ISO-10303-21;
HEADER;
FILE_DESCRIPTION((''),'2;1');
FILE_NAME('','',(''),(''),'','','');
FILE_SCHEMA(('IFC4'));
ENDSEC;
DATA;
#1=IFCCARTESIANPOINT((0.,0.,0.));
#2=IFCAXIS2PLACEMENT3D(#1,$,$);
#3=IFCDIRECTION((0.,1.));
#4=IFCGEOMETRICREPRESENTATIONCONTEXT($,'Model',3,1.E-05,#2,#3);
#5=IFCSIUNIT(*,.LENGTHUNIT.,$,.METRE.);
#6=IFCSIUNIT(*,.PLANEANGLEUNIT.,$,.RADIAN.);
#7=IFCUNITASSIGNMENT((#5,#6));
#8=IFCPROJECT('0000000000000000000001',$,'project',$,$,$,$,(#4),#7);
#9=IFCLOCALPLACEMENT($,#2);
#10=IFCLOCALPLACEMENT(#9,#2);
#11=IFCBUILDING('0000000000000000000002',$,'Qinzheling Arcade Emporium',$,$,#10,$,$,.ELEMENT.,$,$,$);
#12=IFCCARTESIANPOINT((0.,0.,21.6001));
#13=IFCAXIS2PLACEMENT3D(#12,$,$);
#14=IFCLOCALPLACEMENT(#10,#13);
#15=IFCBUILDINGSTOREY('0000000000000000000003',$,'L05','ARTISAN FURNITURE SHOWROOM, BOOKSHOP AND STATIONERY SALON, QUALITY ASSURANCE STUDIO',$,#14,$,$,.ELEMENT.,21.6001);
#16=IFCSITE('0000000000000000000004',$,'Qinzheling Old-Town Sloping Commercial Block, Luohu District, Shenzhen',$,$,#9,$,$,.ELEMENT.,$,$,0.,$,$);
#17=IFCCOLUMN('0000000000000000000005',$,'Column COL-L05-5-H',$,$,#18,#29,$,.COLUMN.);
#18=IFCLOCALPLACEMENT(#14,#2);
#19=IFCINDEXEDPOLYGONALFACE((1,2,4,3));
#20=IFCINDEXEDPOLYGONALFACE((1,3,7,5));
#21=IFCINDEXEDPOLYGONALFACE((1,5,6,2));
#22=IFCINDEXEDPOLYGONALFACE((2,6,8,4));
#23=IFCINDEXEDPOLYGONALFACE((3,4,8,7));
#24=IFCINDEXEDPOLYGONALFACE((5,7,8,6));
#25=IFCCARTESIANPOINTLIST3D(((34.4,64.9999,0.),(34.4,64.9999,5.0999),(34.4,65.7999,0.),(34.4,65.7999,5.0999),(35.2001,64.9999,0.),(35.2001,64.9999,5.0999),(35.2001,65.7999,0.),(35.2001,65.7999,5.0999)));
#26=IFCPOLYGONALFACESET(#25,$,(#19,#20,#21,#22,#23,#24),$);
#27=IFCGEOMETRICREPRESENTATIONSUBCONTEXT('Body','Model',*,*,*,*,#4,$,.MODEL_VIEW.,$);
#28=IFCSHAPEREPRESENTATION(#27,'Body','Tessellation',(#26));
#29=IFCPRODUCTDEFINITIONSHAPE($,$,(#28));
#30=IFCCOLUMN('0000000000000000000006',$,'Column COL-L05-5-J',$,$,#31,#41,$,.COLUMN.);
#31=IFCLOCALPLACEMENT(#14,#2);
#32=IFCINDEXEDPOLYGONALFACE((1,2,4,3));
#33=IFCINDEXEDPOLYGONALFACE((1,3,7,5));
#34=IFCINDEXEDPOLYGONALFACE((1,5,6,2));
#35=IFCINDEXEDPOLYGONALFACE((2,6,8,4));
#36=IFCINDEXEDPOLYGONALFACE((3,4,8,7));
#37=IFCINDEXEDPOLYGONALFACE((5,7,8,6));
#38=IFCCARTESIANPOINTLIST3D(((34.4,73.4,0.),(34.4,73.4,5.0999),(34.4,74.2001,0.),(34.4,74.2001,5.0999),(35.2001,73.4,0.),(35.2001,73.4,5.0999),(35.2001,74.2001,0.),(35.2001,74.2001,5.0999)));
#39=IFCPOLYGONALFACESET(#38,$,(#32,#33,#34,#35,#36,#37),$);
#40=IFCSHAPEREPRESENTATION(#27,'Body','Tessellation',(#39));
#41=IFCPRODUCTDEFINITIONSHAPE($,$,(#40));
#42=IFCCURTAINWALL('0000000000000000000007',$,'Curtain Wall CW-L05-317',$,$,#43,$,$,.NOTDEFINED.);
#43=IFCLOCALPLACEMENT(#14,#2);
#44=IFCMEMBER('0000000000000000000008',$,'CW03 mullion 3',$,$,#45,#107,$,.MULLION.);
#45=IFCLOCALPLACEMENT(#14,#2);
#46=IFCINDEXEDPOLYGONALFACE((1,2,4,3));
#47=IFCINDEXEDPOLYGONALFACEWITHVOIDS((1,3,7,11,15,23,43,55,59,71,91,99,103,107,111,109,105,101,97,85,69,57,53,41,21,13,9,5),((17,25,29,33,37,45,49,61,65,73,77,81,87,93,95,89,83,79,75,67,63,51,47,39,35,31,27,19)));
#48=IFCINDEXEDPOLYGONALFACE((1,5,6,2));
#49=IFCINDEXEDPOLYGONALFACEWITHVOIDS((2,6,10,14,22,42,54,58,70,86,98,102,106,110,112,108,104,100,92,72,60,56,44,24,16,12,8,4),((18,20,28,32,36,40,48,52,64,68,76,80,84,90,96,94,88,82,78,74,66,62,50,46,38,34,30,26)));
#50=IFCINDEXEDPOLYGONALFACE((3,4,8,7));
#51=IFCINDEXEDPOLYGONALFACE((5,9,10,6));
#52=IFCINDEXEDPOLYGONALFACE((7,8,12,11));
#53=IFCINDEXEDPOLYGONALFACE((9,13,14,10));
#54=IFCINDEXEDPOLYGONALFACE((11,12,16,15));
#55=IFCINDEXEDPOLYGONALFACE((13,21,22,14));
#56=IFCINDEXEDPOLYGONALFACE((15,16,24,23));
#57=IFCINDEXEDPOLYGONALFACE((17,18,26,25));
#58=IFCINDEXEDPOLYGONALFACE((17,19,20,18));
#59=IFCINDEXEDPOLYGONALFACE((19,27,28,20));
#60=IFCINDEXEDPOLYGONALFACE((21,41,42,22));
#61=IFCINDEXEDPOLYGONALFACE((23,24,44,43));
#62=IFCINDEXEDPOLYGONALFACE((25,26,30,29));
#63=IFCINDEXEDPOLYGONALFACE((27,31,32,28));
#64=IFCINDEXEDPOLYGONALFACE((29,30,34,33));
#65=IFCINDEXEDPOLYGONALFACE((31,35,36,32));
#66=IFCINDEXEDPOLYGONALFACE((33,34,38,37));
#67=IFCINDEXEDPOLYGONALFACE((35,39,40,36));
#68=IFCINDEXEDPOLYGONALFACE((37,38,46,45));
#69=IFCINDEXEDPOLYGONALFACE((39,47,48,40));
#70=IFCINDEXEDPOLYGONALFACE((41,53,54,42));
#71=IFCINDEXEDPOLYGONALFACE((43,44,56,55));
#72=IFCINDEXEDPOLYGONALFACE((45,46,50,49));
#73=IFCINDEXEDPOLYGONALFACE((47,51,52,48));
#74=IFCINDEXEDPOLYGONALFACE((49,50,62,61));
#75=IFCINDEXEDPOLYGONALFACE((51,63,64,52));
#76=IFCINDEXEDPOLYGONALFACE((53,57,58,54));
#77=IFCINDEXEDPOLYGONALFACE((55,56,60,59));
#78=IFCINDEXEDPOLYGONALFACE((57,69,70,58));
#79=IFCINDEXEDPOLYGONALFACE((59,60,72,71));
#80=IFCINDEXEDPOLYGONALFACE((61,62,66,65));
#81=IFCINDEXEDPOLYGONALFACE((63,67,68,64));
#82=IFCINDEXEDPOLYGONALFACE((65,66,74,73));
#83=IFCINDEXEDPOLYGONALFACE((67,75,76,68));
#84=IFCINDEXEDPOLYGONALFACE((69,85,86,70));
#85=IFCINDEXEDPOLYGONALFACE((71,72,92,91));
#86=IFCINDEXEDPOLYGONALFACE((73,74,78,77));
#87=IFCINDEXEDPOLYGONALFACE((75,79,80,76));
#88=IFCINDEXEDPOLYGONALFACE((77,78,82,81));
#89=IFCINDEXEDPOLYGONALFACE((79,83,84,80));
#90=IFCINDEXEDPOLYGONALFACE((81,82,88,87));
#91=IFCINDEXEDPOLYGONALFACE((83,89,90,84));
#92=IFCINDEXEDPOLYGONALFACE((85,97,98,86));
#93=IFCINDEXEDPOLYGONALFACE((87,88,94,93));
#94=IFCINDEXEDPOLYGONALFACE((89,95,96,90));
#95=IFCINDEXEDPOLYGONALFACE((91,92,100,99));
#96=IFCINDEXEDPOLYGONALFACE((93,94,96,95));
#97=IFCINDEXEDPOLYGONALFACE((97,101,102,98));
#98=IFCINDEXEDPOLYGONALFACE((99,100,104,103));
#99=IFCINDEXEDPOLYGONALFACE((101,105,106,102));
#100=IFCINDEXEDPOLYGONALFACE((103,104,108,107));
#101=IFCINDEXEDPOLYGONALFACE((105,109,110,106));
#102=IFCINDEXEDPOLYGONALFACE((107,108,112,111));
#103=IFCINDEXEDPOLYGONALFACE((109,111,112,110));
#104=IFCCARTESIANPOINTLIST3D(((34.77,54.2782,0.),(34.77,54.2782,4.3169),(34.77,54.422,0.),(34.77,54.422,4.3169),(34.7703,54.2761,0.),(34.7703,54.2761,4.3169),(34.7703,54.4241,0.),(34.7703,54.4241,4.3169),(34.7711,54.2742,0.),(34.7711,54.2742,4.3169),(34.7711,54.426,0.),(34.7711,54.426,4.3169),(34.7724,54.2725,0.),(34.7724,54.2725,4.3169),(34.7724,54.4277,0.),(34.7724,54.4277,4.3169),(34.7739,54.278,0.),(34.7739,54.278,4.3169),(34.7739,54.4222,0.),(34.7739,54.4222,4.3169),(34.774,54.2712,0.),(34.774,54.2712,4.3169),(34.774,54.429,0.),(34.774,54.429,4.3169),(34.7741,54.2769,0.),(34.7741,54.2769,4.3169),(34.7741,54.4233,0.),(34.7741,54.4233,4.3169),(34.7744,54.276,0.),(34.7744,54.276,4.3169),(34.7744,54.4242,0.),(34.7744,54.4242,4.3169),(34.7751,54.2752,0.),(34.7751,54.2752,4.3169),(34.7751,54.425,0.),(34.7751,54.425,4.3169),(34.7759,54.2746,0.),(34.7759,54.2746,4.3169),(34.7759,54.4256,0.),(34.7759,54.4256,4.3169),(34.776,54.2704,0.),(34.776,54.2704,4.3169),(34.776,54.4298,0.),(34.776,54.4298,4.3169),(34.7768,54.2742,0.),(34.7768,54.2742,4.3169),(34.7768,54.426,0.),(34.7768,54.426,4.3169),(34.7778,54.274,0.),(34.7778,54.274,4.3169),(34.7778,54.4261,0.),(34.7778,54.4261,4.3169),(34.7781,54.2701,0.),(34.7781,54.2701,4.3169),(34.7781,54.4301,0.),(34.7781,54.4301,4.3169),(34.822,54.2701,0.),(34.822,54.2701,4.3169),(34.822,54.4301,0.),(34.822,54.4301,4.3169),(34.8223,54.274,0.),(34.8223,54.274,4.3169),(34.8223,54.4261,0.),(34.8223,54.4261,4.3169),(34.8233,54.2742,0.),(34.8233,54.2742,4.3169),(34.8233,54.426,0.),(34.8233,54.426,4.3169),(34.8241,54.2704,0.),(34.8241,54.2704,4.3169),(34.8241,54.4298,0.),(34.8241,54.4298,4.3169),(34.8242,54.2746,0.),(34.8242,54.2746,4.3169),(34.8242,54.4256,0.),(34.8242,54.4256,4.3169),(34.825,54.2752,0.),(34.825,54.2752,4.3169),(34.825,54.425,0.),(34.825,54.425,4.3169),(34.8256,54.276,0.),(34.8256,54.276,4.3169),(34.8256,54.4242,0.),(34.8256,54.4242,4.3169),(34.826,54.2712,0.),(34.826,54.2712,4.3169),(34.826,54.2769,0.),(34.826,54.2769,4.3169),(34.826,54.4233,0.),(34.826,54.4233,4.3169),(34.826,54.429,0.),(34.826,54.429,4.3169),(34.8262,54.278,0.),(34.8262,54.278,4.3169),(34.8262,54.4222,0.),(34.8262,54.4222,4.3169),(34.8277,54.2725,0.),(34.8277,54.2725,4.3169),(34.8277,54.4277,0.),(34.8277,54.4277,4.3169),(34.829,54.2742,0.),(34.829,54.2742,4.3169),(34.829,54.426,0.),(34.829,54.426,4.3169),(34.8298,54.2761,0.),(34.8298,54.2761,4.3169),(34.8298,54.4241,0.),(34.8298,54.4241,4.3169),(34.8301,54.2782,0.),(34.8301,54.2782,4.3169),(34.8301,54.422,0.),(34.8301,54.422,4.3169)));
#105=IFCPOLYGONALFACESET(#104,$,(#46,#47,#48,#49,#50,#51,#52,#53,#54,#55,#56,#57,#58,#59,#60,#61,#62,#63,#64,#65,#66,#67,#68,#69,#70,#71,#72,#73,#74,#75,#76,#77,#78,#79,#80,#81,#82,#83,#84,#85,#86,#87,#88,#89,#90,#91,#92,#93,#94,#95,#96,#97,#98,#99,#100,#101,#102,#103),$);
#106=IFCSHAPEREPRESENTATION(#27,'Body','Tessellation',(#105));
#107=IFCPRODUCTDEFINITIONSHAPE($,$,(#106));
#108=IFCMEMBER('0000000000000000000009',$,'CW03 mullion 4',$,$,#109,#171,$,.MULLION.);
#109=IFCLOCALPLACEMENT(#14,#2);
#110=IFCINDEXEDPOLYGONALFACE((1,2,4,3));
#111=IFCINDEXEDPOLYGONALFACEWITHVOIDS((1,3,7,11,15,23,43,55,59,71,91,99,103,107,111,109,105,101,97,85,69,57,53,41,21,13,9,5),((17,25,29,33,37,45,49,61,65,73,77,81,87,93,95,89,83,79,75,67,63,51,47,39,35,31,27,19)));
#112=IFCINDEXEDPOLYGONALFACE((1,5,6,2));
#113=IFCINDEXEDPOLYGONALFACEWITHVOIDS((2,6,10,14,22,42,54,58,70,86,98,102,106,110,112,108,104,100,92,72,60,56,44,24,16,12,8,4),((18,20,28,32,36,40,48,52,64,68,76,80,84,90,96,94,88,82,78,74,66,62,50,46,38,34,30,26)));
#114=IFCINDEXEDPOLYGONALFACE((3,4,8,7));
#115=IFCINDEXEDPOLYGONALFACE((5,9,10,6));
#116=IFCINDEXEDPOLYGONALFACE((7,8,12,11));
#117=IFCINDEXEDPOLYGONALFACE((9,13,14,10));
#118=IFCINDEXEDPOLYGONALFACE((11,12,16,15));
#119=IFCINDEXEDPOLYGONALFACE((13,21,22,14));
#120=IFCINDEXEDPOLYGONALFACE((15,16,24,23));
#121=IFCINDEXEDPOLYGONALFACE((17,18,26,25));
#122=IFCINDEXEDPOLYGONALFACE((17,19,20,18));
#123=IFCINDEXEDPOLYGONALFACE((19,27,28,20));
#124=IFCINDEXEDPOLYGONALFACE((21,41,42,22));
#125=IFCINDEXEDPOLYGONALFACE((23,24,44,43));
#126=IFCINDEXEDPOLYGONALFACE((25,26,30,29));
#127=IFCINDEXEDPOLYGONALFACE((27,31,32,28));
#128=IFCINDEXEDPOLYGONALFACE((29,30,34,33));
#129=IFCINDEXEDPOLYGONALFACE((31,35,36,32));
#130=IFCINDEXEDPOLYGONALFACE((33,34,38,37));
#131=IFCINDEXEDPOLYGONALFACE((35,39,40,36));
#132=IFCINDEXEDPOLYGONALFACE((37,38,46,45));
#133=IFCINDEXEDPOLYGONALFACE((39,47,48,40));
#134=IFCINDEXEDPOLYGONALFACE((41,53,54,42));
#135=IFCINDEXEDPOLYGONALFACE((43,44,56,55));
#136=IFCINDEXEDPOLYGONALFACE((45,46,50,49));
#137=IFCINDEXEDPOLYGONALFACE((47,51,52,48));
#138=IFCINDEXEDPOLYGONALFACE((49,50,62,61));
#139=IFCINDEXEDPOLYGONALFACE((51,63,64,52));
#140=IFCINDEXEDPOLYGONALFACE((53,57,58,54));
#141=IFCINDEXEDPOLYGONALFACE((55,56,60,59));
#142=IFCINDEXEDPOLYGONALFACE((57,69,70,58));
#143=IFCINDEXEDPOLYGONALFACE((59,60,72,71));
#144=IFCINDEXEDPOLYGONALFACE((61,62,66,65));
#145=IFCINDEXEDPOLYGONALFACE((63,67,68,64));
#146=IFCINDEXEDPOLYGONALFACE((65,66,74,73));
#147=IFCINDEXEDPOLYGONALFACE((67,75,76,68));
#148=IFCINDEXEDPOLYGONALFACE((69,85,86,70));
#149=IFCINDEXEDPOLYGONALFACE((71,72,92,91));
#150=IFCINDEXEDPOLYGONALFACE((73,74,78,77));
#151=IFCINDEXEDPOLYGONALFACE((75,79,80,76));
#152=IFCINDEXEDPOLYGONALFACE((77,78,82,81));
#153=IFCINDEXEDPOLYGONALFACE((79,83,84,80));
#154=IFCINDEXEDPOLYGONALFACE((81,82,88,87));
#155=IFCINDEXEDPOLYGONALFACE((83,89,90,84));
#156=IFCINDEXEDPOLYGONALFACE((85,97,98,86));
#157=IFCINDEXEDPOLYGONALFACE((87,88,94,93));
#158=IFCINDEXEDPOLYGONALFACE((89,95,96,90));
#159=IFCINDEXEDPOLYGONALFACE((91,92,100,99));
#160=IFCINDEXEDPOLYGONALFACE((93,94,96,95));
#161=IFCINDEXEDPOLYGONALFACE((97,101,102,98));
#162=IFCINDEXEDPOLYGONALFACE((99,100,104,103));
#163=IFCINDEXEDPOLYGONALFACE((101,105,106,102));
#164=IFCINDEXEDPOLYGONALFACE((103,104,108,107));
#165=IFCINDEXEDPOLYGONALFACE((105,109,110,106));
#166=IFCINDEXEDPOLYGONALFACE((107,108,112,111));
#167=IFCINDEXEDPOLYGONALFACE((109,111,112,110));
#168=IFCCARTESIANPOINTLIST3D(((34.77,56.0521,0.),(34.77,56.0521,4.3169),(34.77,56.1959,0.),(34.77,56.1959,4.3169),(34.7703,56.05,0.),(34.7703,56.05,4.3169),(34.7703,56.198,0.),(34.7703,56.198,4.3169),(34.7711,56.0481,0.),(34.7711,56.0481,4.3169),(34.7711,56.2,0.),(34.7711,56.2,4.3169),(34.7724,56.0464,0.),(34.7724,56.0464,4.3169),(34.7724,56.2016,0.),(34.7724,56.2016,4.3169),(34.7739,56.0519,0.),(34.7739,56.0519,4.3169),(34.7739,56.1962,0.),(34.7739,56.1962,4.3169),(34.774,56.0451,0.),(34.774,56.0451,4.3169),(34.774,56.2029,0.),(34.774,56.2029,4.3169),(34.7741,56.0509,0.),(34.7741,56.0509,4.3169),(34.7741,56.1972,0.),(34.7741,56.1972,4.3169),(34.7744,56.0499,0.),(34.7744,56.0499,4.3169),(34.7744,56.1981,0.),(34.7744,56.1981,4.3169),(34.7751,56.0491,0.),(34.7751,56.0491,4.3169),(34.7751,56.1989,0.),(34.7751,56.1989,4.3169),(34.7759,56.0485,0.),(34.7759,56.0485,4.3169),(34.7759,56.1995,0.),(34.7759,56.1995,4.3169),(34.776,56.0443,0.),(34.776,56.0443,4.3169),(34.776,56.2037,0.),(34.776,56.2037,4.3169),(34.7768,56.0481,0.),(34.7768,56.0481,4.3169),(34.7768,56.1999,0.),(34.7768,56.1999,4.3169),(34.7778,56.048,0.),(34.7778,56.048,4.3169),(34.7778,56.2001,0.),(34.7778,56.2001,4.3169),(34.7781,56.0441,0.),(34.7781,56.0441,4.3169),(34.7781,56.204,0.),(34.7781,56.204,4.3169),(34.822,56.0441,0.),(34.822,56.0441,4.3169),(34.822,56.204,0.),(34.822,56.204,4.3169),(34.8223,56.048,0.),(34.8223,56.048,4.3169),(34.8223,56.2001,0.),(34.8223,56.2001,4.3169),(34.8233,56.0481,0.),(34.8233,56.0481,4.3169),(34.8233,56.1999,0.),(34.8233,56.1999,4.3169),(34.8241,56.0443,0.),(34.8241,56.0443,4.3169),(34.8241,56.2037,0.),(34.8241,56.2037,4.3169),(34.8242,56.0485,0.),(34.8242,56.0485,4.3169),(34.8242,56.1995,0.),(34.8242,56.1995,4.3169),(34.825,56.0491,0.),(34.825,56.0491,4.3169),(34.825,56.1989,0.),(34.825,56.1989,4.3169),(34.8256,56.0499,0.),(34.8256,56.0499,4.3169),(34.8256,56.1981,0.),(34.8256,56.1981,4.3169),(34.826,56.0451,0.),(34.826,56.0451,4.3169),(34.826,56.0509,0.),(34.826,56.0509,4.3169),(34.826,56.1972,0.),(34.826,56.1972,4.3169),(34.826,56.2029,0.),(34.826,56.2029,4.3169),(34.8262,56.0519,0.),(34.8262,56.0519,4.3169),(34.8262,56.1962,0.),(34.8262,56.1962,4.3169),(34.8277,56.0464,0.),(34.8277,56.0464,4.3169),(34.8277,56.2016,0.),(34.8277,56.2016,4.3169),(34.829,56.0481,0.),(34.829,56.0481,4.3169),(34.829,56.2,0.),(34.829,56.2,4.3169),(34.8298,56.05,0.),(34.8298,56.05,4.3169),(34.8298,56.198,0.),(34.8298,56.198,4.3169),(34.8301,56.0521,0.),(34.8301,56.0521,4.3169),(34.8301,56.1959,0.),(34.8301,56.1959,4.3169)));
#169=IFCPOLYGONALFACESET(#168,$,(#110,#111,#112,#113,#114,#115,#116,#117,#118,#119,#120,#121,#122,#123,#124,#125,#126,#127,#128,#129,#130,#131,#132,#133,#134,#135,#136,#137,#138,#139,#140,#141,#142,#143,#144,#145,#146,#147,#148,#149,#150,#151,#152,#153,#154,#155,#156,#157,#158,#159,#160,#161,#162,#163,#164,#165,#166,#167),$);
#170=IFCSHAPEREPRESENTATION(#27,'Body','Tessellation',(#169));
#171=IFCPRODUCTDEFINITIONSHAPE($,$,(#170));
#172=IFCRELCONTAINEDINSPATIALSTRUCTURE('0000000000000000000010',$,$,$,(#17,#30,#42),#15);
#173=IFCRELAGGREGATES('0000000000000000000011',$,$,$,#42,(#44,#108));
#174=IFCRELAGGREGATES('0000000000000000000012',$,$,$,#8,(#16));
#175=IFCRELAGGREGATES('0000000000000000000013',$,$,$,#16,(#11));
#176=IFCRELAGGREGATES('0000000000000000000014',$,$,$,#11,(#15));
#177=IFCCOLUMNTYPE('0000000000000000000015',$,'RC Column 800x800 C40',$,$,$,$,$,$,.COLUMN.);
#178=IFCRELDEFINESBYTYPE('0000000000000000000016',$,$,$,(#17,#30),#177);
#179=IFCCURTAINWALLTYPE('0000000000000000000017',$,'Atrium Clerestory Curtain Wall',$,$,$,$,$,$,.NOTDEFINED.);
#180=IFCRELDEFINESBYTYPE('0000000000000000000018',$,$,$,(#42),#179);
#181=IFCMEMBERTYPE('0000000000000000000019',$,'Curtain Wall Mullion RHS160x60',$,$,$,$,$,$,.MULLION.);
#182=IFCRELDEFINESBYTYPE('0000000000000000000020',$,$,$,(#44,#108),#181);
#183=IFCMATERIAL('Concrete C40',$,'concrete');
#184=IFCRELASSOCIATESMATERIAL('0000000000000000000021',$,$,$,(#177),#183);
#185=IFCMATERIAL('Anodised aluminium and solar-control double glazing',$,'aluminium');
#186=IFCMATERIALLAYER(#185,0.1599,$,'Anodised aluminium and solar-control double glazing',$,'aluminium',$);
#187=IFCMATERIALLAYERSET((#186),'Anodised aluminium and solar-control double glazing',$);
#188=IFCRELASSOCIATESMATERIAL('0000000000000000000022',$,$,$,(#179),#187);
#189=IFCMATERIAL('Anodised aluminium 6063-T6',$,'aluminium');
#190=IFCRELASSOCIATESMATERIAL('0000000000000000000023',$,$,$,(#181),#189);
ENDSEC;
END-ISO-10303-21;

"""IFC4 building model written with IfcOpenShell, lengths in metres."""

from ifc_helpers import new_model, si_unit, direction, frame, origin, origin_2d, place, context, subcontext, project, spatial, rectangle, hollow_rectangle, extrude, material, layer, layer_set, material_profile, profile_set, type_object, element, aggregate, save


model = new_model("IFC4")

# Units and contexts
model_context = context("Model", 3, precision=1e-05, world=origin(), true_north=direction((0.0, 1.0)))
body_context = subcontext(model_context, "Body", "Model", "MODEL_VIEW")
ifc_project = project(units=[si_unit("LENGTHUNIT", "METRE"), si_unit("PLANEANGLEUNIT", "RADIAN")], contexts=[model_context])

# Site, building, storey
site_placement = place(None, origin())
site = spatial("IfcSite", under=ifc_project, at=site_placement, Name="Qinzheling Old-Town Sloping Commercial Block, Luohu District, Shenzhen", CompositionType="ELEMENT", RefElevation=0.0)
building_placement = place(site_placement, origin())
building = spatial("IfcBuilding", under=site, at=building_placement, Name="Qinzheling Arcade Emporium", CompositionType="ELEMENT")
storey_placement = place(building_placement, frame((0.0, 0.0, 21.6001)))
storey = spatial("IfcBuildingStorey", under=building, at=storey_placement, Name="L05", Description="ARTISAN FURNITURE SHOWROOM, BOOKSHOP AND STATIONERY SALON, QUALITY ASSURANCE STUDIO", CompositionType="ELEMENT", Elevation=21.6001)

# Columns
ifc_material_1 = material(Name="Concrete C40", Category="concrete")
ifc_material_profile_1 = material_profile(ifc_material_1, rectangle(XDim=0.8, YDim=0.8, at=origin_2d()), Name="RC 800x800", Category="concrete")
ifc_profile_set_1 = profile_set([ifc_material_profile_1], Name="Concrete C40")
column_type = type_object("IfcColumnType", Name="RC Column 800x800 C40", PredefinedType="COLUMN", material=ifc_profile_set_1)
for number, where, z_axis, x_axis, name in (
    (1, (34.8, 65.3999, 0.0), (0.0, 0.0, 1.0), (1.0, 0.0, 0.0), "Column COL-L05-5-H"),
    (2, (34.8, 73.8, 0.0), (0.0, 0.0, 1.0), (1.0, 0.0, 0.0), "Column COL-L05-5-J"),
):
    element("IfcColumn", number, at=place(storey_placement, frame(where, z_axis=z_axis, x_axis=x_axis)), inside=storey, type_object=column_type, Name=name, PredefinedType="COLUMN", context=body_context, shape_type="SweptSolid", body=[
        extrude(rectangle(XDim=0.8, YDim=0.8, at=origin_2d()), origin(), (0.0, 0.0, 1.0), 5.0999),
    ])

# Curtain wall, members
ifc_material_2 = material(Name="Anodised aluminium and solar-control double glazing", Category="aluminium")
ifc_layer_1 = layer(ifc_material_2, 0.1599, Name="Anodised aluminium and solar-control double glazing", Category="aluminium")
ifc_layer_set_1 = layer_set([ifc_layer_1], Name="Anodised aluminium and solar-control double glazing")
curtain_wall_type = type_object("IfcCurtainWallType", Name="Atrium Clerestory Curtain Wall", PredefinedType="NOTDEFINED", material=ifc_layer_set_1)
curtain_wall_1_placement = place(storey_placement, origin())
curtain_wall_1 = element("IfcCurtainWall", 3, at=curtain_wall_1_placement, inside=storey, type_object=curtain_wall_type, Name="Curtain Wall CW-L05-317", PredefinedType="NOTDEFINED")
ifc_material_3 = material(Name="Anodised aluminium 6063-T6", Category="aluminium")
ifc_material_profile_2 = material_profile(ifc_material_3, hollow_rectangle(XDim=0.0601, YDim=0.1599, WallThickness=0.0039, InnerFilletRadius=0.0039, OuterFilletRadius=0.0081, at=origin_2d()), Name="RHS 160x60x4", Category="aluminium")
ifc_profile_set_2 = profile_set([ifc_material_profile_2], Name="Anodised aluminium 6063-T6")
member_type_1 = type_object("IfcMemberType", Name="Curtain Wall Mullion RHS160x60", PredefinedType="MULLION", material=ifc_profile_set_2)
member_1_placement = place(storey_placement, frame((34.8, 54.3501, 0.0), z_axis=(0.0, 0.0, 1.0), x_axis=(-1.0, 0.0, 0.0)))
member_1 = element("IfcMember", 4, at=member_1_placement, type_object=member_type_1, Name="CW03 mullion 3", PredefinedType="MULLION", context=body_context, shape_type="SweptSolid", body=[
    extrude(hollow_rectangle(XDim=0.0601, YDim=0.1599, WallThickness=0.0039, InnerFilletRadius=0.0039, OuterFilletRadius=0.0081, at=origin_2d()), origin(), (0.0, 0.0, 1.0), 4.3169),
])
member_2_placement = place(storey_placement, frame((34.8, 56.124, 0.0), z_axis=(0.0, 0.0, 1.0), x_axis=(-1.0, 0.0, 0.0)))
member_2 = element("IfcMember", 5, at=member_2_placement, type_object=member_type_1, Name="CW03 mullion 4", PredefinedType="MULLION", context=body_context, shape_type="SweptSolid", body=[
    extrude(hollow_rectangle(XDim=0.0601, YDim=0.1599, WallThickness=0.0039, InnerFilletRadius=0.0039, OuterFilletRadius=0.0081, at=origin_2d()), origin(), (0.0, 0.0, 1.0), 4.3169),
])

aggregate(curtain_wall_1, [member_1, member_2])

save(model, "model.ifc")
